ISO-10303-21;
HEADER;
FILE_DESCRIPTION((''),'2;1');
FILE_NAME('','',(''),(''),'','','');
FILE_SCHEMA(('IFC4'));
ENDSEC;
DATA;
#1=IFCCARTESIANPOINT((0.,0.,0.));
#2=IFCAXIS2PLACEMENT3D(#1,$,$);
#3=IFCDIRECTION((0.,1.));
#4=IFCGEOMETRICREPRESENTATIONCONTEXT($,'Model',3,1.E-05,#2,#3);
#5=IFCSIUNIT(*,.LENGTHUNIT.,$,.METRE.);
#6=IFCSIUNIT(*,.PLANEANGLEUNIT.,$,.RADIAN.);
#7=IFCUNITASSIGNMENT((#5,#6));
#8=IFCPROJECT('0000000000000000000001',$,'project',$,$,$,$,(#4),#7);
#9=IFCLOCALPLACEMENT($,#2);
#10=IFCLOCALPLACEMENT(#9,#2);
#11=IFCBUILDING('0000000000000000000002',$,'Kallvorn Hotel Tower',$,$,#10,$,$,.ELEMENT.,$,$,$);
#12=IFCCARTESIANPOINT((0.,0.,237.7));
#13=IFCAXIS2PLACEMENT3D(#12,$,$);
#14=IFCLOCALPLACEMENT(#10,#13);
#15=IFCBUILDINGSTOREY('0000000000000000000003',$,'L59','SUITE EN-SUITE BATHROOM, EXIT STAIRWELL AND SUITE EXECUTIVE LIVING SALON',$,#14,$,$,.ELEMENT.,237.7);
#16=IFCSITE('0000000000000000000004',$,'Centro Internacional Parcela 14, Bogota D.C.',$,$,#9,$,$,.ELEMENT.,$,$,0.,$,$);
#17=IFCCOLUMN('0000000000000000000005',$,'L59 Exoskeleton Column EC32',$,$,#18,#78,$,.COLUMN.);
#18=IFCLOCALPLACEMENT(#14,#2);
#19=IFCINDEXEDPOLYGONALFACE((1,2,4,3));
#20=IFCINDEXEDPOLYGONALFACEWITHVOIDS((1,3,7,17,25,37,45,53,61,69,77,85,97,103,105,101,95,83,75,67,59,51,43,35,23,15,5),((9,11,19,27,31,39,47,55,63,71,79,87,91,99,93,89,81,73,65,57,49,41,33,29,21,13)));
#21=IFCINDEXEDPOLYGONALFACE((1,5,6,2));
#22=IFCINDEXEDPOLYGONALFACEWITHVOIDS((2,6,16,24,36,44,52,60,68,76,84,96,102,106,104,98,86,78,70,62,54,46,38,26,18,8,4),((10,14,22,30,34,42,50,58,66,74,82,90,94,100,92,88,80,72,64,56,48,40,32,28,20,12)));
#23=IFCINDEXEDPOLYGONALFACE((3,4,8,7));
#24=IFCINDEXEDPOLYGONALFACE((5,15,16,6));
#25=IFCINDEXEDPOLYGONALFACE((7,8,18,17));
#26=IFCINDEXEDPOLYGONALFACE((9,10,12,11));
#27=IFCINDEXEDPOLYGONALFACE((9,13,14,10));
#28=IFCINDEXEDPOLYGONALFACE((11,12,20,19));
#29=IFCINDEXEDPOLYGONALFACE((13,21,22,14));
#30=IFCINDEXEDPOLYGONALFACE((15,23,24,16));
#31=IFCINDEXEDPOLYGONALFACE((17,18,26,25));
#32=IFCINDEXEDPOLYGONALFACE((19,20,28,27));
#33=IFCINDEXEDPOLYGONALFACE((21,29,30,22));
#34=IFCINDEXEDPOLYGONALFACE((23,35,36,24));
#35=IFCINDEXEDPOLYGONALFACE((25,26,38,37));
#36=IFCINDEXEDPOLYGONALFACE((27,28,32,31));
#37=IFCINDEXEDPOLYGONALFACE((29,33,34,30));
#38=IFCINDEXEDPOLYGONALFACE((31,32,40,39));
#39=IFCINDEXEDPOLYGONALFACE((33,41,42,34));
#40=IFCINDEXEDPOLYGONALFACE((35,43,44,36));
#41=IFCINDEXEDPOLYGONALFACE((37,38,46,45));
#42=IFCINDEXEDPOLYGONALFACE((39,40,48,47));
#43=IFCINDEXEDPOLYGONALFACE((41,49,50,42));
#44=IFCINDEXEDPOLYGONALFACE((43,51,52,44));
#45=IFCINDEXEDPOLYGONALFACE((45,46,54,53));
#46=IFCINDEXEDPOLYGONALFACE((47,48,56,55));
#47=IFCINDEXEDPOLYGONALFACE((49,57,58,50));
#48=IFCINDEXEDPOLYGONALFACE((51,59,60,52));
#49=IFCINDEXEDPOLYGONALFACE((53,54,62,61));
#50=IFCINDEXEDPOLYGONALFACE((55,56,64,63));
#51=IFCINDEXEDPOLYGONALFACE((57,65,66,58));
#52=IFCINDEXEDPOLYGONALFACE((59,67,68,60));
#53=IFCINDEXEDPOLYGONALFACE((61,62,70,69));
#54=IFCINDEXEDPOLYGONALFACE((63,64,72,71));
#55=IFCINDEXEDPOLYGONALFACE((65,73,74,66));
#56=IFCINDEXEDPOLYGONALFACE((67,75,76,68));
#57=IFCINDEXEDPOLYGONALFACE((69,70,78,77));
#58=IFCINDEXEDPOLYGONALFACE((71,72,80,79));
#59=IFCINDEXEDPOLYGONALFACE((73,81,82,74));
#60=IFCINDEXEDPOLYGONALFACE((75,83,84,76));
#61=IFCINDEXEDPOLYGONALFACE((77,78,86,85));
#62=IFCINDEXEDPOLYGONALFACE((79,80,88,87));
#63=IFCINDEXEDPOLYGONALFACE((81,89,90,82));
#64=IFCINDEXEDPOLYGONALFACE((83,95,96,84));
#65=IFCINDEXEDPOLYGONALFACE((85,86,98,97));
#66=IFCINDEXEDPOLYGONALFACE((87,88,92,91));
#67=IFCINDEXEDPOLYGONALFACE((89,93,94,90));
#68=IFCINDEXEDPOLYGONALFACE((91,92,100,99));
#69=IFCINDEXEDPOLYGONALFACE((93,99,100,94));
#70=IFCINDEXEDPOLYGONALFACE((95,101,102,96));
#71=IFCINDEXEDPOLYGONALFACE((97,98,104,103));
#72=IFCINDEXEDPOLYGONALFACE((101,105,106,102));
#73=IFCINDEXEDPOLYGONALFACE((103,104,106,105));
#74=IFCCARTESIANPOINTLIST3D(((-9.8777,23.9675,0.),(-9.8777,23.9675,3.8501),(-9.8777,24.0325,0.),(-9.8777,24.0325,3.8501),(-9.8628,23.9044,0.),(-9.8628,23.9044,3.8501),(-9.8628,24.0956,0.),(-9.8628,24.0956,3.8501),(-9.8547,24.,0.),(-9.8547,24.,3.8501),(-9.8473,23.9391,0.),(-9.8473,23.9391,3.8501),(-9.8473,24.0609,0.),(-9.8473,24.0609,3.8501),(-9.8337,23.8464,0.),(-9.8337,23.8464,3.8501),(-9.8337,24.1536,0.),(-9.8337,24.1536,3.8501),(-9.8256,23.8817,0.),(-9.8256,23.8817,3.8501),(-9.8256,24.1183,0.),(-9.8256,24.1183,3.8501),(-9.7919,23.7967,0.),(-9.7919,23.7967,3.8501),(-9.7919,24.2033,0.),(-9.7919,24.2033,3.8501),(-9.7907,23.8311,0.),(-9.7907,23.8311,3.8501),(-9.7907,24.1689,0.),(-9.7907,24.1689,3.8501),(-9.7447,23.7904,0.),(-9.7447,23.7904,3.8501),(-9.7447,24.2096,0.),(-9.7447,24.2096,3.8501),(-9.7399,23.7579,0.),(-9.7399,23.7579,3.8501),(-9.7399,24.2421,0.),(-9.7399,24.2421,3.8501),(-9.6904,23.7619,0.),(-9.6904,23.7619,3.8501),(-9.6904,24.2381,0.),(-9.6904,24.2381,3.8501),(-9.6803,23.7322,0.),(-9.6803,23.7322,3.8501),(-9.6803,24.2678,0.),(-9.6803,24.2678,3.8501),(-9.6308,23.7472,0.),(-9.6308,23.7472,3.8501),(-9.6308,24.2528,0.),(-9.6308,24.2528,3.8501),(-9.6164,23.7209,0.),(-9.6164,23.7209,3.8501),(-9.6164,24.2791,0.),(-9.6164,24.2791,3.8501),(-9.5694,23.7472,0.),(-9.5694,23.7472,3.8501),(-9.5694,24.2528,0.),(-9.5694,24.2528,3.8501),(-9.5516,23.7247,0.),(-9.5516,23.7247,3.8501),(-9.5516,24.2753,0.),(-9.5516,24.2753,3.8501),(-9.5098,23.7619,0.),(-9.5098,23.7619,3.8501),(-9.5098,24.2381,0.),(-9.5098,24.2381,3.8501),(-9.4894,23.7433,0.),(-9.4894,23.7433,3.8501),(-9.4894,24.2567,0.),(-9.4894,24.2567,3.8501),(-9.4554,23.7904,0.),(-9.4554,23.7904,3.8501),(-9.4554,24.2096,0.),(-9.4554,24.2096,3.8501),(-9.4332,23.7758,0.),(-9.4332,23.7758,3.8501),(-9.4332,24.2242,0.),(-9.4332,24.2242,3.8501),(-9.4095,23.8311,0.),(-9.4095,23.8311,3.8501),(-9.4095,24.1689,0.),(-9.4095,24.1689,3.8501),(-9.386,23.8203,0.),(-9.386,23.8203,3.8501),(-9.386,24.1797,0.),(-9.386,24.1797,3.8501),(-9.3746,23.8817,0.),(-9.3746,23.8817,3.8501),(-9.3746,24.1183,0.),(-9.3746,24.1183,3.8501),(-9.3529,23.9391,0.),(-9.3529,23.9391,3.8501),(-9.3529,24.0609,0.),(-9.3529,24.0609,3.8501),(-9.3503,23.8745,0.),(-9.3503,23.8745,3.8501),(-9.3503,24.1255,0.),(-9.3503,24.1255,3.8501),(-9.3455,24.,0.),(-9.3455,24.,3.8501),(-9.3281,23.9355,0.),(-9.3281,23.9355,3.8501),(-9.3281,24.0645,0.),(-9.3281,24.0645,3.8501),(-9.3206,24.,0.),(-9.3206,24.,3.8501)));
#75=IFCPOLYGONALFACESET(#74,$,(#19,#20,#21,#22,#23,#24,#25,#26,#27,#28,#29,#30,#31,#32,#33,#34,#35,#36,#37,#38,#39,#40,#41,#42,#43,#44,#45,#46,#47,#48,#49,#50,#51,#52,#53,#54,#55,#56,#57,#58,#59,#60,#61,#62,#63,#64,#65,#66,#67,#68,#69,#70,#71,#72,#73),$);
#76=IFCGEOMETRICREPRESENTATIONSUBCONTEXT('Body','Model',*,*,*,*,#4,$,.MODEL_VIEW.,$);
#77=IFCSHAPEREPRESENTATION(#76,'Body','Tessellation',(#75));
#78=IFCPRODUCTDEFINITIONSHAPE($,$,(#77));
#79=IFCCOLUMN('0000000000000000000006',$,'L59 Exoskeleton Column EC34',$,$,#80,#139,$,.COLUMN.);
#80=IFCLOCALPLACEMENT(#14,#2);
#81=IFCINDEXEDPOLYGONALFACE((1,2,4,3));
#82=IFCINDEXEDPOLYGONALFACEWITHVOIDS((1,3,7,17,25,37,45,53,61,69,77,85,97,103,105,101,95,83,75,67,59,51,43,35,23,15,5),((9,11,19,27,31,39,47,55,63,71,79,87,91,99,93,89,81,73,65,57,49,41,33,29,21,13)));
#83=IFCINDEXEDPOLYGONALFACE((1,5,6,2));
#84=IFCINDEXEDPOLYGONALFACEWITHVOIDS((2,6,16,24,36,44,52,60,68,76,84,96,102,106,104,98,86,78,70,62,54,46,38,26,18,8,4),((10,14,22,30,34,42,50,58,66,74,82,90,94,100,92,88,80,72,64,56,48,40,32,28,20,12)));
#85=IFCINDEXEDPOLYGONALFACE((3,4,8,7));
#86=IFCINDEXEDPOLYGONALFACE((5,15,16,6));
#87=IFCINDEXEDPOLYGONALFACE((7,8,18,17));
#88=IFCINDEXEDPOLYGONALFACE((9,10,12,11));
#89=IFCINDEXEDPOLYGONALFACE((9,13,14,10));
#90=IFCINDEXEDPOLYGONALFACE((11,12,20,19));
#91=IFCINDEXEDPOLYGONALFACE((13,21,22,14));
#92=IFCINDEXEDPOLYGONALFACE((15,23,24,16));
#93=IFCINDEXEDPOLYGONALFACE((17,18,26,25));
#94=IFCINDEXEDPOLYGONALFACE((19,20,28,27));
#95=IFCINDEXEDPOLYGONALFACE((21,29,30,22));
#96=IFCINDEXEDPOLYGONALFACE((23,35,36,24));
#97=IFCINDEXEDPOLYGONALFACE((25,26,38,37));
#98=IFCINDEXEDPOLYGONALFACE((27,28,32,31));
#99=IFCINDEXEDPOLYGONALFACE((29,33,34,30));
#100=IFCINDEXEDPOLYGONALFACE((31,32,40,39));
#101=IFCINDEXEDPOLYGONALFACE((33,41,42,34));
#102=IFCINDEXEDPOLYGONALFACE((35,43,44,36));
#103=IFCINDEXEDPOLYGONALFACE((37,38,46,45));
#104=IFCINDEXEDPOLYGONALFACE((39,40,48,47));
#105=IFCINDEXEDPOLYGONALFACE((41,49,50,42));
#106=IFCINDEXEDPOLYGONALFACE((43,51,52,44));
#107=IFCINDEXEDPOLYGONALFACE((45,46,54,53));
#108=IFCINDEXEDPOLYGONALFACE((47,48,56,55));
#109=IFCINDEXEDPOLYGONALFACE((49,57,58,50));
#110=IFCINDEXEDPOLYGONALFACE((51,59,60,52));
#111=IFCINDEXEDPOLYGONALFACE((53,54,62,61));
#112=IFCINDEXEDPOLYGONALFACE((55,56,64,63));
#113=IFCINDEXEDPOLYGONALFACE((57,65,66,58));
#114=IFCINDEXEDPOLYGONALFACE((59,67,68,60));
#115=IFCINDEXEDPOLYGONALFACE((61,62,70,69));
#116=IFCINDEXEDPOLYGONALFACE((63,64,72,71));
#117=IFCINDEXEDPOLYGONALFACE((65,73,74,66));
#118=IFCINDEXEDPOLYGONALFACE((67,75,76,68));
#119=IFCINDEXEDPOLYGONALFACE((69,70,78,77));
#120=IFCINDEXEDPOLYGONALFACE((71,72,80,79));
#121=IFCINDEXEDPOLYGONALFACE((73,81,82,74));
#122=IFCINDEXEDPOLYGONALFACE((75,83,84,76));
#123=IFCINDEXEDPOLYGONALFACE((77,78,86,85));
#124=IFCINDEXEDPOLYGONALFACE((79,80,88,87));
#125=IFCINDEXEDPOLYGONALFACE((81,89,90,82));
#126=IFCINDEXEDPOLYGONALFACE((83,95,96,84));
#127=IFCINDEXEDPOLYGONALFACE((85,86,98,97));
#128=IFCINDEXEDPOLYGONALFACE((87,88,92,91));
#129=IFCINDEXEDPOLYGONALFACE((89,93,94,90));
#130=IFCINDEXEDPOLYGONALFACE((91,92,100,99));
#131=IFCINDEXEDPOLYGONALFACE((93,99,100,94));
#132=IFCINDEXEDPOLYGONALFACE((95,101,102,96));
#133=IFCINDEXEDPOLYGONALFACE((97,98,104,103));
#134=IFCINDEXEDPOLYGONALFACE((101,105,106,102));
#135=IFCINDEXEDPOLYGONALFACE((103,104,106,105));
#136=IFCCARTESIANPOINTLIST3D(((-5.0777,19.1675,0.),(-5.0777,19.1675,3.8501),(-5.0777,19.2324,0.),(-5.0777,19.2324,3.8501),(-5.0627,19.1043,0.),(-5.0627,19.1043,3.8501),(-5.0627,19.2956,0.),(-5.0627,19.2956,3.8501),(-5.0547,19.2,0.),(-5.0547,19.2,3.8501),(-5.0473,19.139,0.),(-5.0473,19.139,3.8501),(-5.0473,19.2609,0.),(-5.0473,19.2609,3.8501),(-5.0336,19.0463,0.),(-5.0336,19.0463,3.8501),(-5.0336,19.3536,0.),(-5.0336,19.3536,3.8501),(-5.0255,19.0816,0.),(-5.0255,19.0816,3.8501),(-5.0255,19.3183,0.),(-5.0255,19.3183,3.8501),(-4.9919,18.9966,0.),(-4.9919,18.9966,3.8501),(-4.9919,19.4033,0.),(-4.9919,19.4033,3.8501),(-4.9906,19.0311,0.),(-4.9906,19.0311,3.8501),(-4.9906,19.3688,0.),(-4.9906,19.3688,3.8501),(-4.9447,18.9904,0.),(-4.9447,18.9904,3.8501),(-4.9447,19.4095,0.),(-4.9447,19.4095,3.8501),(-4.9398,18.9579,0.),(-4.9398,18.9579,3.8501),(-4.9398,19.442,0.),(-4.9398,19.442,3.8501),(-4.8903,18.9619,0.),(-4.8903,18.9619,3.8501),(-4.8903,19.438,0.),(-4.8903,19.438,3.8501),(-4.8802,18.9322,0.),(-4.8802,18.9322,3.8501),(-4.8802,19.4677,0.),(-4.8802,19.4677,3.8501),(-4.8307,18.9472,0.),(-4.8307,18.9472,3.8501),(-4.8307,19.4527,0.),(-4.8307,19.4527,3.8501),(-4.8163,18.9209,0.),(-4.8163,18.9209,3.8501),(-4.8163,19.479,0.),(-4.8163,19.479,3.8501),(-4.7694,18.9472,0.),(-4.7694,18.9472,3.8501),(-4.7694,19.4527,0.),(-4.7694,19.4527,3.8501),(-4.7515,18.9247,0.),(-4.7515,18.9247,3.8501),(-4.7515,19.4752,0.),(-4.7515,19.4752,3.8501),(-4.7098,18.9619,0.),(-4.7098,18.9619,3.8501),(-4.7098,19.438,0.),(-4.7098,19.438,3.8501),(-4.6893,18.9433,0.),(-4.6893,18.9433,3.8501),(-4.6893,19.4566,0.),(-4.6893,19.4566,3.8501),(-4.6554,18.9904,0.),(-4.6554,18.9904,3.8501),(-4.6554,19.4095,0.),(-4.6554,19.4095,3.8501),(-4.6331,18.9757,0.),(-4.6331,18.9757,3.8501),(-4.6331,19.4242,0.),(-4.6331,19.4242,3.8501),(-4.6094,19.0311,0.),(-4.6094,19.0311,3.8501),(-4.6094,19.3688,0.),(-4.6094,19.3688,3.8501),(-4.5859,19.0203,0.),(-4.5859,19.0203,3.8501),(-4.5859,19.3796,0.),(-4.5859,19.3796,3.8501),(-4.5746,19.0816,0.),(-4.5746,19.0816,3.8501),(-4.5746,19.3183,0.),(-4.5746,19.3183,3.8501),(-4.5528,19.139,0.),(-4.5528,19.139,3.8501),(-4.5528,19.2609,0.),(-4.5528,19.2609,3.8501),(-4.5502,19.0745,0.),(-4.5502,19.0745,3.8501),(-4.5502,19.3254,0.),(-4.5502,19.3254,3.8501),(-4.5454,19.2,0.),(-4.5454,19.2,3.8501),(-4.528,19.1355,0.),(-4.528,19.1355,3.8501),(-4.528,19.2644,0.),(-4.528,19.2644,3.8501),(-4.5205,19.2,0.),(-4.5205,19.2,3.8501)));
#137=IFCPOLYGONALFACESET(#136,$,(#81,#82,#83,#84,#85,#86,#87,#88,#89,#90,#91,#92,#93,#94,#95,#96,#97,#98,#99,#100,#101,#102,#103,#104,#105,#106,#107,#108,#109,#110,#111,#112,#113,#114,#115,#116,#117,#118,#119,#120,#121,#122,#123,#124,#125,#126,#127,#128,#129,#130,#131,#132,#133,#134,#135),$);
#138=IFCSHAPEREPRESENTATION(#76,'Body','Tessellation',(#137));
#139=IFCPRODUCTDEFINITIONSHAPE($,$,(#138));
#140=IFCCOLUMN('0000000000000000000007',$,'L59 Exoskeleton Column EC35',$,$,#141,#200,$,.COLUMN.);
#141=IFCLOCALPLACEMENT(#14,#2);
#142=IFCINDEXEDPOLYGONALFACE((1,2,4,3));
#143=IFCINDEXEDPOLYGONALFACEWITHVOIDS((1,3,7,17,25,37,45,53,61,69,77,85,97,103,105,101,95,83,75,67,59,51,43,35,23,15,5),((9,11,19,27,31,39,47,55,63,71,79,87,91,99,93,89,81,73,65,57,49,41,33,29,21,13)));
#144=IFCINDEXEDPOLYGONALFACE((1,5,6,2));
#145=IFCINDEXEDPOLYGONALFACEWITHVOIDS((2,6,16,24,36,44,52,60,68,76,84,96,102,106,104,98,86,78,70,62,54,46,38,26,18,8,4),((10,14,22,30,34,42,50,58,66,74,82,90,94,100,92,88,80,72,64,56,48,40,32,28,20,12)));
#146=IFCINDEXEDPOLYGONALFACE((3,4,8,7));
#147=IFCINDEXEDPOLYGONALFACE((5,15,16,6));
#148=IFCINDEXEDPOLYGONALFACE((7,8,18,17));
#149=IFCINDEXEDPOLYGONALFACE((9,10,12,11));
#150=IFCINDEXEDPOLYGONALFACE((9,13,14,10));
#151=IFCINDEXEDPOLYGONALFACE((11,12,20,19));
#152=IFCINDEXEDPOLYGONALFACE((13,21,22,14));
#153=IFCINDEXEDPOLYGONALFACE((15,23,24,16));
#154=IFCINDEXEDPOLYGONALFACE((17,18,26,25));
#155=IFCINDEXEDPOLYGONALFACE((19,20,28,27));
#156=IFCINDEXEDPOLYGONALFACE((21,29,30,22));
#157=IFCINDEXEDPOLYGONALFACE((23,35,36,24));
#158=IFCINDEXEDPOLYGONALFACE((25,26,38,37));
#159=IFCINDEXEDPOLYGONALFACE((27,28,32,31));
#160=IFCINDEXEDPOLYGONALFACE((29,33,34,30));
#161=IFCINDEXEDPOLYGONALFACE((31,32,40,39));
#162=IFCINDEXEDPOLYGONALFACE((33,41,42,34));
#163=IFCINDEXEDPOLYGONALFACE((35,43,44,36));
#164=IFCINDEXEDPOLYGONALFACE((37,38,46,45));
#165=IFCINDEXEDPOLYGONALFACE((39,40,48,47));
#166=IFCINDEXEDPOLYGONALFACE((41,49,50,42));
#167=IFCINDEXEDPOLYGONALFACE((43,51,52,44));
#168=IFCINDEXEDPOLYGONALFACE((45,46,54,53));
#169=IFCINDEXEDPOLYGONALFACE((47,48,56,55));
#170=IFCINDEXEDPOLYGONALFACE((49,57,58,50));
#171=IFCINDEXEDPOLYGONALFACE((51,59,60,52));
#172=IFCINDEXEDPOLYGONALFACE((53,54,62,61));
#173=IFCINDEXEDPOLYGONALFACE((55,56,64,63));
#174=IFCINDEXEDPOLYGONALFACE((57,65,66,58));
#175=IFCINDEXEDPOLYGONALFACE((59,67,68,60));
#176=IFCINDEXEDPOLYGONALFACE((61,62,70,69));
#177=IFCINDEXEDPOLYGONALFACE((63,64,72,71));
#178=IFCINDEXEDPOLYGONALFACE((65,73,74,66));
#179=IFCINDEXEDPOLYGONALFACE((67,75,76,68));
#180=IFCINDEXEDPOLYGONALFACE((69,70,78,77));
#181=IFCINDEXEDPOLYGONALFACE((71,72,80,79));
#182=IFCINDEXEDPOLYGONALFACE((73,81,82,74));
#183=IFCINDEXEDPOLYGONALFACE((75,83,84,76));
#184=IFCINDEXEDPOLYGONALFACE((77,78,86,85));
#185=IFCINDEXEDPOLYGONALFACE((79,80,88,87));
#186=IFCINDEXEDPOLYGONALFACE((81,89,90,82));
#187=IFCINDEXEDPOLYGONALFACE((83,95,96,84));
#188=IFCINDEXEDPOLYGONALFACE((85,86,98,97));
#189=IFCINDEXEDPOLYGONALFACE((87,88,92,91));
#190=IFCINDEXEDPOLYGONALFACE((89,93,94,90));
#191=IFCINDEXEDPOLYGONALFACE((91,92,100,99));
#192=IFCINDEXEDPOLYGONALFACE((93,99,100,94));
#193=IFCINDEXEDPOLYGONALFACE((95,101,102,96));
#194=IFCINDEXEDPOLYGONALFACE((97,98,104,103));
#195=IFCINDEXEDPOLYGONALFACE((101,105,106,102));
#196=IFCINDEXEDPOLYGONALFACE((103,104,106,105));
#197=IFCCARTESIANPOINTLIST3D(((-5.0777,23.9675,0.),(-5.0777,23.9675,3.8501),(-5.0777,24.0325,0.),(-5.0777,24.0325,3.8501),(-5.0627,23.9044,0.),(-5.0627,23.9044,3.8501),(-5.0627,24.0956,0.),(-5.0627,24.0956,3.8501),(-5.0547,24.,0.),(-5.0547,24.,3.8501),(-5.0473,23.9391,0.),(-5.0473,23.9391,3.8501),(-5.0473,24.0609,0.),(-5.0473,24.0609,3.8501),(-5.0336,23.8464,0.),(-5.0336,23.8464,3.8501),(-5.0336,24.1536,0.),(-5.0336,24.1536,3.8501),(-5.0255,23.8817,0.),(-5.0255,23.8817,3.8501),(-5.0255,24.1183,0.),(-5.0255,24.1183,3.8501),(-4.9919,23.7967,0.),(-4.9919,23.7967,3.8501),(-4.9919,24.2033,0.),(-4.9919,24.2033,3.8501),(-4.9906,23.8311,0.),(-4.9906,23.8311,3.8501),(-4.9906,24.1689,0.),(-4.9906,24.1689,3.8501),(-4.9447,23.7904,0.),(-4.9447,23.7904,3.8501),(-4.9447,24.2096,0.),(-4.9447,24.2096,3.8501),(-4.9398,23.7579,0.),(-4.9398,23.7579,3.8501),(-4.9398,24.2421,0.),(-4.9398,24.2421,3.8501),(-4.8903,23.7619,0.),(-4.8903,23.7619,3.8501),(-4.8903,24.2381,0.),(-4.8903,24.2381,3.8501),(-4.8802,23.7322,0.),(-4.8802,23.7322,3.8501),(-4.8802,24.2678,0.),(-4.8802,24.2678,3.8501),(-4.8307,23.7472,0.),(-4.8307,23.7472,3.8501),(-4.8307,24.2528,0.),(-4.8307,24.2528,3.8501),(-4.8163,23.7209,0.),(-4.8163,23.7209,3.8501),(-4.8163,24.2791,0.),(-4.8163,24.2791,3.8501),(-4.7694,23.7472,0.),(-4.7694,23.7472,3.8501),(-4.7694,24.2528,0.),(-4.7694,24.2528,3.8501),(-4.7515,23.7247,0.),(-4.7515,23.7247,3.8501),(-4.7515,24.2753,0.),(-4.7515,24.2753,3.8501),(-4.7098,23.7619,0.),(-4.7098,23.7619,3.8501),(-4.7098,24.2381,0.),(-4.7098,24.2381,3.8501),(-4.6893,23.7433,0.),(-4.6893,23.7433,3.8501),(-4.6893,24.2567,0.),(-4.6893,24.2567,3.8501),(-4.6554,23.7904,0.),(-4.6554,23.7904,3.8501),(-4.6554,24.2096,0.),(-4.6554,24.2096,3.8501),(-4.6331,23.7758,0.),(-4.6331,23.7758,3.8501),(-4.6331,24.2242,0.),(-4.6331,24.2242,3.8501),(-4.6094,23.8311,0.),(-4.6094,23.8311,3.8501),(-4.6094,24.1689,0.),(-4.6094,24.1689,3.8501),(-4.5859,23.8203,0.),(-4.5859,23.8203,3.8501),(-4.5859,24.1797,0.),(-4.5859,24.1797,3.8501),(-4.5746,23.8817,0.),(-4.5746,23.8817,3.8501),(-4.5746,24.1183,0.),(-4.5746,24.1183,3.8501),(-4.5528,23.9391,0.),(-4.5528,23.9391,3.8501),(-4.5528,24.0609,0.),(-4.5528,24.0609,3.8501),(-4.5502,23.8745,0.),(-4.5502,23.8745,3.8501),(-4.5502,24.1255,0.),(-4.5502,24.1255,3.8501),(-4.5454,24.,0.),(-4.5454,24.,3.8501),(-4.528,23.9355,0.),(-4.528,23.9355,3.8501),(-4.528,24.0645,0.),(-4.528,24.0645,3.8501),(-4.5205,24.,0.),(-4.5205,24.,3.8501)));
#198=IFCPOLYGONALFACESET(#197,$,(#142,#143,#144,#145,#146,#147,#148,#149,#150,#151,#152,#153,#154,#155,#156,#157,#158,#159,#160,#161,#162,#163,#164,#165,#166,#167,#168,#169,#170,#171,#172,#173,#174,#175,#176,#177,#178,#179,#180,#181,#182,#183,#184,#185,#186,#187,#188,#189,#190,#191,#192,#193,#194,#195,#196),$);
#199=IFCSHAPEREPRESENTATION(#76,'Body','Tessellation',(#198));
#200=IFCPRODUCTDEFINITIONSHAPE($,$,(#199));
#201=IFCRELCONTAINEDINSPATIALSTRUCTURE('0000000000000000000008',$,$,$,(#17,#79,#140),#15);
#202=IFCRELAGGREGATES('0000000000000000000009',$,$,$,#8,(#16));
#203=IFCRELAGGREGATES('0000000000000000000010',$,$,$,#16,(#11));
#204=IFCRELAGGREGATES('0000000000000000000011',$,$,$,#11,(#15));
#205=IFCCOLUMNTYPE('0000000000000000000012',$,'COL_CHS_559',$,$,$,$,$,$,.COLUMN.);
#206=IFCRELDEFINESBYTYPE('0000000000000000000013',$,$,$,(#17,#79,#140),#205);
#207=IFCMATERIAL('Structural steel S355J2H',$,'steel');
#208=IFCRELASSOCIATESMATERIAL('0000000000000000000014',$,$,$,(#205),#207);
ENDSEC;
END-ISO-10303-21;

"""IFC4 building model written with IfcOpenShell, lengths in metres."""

from ifc_helpers import new_model, si_unit, direction, frame, origin, origin_2d, place, context, subcontext, project, spatial, hollow_circle, extrude, material, material_profile, profile_set, type_object, element, save


model = new_model("IFC4")

# Units and contexts
model_context = context("Model", 3, precision=1e-05, world=origin(), true_north=direction((0.0, 1.0)))
body_context = subcontext(model_context, "Body", "Model", "MODEL_VIEW")
ifc_project = project(units=[si_unit("LENGTHUNIT", "METRE"), si_unit("PLANEANGLEUNIT", "RADIAN")], contexts=[model_context])

# Site, building, storey
site_placement = place(None, origin())
site = spatial("IfcSite", under=ifc_project, at=site_placement, Name="Centro Internacional Parcela 14, Bogota D.C.", CompositionType="ELEMENT", RefElevation=0.0)
building_placement = place(site_placement, origin())
building = spatial("IfcBuilding", under=site, at=building_placement, Name="Kallvorn Hotel Tower", CompositionType="ELEMENT")
storey_placement = place(building_placement, frame((0.0, 0.0, 237.7)))
storey = spatial("IfcBuildingStorey", under=building, at=storey_placement, Name="L59", Description="SUITE EN-SUITE BATHROOM, EXIT STAIRWELL AND SUITE EXECUTIVE LIVING SALON", CompositionType="ELEMENT", Elevation=237.7)

# Columns
ifc_material_1 = material(Name="Structural steel S355J2H", Category="steel")
ifc_material_profile_1 = material_profile(ifc_material_1, hollow_circle(Radius=0.2795, WallThickness=0.0249, at=origin_2d()), Name="CHS 559x25")
ifc_profile_set_1 = profile_set([ifc_material_profile_1], Name="Structural steel S355J2H")
column_type_1 = type_object("IfcColumnType", Name="COL_CHS_559", PredefinedType="COLUMN", material=ifc_profile_set_1)
for number, where, z_axis, x_axis, name in (
    (1, (-9.6001, 24.0, 0.0), (0.0, 0.0, 1.0), (1.0, 0.0, 0.0), "L59 Exoskeleton Column EC32"),
    (2, (-4.8, 19.2, 0.0), (0.0, 0.0, 1.0), (1.0, 0.0, 0.0), "L59 Exoskeleton Column EC34"),
    (3, (-4.8, 24.0, 0.0), (0.0, 0.0, 1.0), (1.0, 0.0, 0.0), "L59 Exoskeleton Column EC35"),
):
    element("IfcColumn", number, at=place(storey_placement, frame(where, z_axis=z_axis, x_axis=x_axis)), inside=storey, type_object=column_type_1, Name=name, PredefinedType="COLUMN", context=body_context, shape_type="SweptSolid", body=[
        extrude(hollow_circle(Radius=0.2795, WallThickness=0.0249, at=origin_2d()), origin(), (0.0, 0.0, 1.0), 3.8501),
    ])

save(model, "model.ifc")
